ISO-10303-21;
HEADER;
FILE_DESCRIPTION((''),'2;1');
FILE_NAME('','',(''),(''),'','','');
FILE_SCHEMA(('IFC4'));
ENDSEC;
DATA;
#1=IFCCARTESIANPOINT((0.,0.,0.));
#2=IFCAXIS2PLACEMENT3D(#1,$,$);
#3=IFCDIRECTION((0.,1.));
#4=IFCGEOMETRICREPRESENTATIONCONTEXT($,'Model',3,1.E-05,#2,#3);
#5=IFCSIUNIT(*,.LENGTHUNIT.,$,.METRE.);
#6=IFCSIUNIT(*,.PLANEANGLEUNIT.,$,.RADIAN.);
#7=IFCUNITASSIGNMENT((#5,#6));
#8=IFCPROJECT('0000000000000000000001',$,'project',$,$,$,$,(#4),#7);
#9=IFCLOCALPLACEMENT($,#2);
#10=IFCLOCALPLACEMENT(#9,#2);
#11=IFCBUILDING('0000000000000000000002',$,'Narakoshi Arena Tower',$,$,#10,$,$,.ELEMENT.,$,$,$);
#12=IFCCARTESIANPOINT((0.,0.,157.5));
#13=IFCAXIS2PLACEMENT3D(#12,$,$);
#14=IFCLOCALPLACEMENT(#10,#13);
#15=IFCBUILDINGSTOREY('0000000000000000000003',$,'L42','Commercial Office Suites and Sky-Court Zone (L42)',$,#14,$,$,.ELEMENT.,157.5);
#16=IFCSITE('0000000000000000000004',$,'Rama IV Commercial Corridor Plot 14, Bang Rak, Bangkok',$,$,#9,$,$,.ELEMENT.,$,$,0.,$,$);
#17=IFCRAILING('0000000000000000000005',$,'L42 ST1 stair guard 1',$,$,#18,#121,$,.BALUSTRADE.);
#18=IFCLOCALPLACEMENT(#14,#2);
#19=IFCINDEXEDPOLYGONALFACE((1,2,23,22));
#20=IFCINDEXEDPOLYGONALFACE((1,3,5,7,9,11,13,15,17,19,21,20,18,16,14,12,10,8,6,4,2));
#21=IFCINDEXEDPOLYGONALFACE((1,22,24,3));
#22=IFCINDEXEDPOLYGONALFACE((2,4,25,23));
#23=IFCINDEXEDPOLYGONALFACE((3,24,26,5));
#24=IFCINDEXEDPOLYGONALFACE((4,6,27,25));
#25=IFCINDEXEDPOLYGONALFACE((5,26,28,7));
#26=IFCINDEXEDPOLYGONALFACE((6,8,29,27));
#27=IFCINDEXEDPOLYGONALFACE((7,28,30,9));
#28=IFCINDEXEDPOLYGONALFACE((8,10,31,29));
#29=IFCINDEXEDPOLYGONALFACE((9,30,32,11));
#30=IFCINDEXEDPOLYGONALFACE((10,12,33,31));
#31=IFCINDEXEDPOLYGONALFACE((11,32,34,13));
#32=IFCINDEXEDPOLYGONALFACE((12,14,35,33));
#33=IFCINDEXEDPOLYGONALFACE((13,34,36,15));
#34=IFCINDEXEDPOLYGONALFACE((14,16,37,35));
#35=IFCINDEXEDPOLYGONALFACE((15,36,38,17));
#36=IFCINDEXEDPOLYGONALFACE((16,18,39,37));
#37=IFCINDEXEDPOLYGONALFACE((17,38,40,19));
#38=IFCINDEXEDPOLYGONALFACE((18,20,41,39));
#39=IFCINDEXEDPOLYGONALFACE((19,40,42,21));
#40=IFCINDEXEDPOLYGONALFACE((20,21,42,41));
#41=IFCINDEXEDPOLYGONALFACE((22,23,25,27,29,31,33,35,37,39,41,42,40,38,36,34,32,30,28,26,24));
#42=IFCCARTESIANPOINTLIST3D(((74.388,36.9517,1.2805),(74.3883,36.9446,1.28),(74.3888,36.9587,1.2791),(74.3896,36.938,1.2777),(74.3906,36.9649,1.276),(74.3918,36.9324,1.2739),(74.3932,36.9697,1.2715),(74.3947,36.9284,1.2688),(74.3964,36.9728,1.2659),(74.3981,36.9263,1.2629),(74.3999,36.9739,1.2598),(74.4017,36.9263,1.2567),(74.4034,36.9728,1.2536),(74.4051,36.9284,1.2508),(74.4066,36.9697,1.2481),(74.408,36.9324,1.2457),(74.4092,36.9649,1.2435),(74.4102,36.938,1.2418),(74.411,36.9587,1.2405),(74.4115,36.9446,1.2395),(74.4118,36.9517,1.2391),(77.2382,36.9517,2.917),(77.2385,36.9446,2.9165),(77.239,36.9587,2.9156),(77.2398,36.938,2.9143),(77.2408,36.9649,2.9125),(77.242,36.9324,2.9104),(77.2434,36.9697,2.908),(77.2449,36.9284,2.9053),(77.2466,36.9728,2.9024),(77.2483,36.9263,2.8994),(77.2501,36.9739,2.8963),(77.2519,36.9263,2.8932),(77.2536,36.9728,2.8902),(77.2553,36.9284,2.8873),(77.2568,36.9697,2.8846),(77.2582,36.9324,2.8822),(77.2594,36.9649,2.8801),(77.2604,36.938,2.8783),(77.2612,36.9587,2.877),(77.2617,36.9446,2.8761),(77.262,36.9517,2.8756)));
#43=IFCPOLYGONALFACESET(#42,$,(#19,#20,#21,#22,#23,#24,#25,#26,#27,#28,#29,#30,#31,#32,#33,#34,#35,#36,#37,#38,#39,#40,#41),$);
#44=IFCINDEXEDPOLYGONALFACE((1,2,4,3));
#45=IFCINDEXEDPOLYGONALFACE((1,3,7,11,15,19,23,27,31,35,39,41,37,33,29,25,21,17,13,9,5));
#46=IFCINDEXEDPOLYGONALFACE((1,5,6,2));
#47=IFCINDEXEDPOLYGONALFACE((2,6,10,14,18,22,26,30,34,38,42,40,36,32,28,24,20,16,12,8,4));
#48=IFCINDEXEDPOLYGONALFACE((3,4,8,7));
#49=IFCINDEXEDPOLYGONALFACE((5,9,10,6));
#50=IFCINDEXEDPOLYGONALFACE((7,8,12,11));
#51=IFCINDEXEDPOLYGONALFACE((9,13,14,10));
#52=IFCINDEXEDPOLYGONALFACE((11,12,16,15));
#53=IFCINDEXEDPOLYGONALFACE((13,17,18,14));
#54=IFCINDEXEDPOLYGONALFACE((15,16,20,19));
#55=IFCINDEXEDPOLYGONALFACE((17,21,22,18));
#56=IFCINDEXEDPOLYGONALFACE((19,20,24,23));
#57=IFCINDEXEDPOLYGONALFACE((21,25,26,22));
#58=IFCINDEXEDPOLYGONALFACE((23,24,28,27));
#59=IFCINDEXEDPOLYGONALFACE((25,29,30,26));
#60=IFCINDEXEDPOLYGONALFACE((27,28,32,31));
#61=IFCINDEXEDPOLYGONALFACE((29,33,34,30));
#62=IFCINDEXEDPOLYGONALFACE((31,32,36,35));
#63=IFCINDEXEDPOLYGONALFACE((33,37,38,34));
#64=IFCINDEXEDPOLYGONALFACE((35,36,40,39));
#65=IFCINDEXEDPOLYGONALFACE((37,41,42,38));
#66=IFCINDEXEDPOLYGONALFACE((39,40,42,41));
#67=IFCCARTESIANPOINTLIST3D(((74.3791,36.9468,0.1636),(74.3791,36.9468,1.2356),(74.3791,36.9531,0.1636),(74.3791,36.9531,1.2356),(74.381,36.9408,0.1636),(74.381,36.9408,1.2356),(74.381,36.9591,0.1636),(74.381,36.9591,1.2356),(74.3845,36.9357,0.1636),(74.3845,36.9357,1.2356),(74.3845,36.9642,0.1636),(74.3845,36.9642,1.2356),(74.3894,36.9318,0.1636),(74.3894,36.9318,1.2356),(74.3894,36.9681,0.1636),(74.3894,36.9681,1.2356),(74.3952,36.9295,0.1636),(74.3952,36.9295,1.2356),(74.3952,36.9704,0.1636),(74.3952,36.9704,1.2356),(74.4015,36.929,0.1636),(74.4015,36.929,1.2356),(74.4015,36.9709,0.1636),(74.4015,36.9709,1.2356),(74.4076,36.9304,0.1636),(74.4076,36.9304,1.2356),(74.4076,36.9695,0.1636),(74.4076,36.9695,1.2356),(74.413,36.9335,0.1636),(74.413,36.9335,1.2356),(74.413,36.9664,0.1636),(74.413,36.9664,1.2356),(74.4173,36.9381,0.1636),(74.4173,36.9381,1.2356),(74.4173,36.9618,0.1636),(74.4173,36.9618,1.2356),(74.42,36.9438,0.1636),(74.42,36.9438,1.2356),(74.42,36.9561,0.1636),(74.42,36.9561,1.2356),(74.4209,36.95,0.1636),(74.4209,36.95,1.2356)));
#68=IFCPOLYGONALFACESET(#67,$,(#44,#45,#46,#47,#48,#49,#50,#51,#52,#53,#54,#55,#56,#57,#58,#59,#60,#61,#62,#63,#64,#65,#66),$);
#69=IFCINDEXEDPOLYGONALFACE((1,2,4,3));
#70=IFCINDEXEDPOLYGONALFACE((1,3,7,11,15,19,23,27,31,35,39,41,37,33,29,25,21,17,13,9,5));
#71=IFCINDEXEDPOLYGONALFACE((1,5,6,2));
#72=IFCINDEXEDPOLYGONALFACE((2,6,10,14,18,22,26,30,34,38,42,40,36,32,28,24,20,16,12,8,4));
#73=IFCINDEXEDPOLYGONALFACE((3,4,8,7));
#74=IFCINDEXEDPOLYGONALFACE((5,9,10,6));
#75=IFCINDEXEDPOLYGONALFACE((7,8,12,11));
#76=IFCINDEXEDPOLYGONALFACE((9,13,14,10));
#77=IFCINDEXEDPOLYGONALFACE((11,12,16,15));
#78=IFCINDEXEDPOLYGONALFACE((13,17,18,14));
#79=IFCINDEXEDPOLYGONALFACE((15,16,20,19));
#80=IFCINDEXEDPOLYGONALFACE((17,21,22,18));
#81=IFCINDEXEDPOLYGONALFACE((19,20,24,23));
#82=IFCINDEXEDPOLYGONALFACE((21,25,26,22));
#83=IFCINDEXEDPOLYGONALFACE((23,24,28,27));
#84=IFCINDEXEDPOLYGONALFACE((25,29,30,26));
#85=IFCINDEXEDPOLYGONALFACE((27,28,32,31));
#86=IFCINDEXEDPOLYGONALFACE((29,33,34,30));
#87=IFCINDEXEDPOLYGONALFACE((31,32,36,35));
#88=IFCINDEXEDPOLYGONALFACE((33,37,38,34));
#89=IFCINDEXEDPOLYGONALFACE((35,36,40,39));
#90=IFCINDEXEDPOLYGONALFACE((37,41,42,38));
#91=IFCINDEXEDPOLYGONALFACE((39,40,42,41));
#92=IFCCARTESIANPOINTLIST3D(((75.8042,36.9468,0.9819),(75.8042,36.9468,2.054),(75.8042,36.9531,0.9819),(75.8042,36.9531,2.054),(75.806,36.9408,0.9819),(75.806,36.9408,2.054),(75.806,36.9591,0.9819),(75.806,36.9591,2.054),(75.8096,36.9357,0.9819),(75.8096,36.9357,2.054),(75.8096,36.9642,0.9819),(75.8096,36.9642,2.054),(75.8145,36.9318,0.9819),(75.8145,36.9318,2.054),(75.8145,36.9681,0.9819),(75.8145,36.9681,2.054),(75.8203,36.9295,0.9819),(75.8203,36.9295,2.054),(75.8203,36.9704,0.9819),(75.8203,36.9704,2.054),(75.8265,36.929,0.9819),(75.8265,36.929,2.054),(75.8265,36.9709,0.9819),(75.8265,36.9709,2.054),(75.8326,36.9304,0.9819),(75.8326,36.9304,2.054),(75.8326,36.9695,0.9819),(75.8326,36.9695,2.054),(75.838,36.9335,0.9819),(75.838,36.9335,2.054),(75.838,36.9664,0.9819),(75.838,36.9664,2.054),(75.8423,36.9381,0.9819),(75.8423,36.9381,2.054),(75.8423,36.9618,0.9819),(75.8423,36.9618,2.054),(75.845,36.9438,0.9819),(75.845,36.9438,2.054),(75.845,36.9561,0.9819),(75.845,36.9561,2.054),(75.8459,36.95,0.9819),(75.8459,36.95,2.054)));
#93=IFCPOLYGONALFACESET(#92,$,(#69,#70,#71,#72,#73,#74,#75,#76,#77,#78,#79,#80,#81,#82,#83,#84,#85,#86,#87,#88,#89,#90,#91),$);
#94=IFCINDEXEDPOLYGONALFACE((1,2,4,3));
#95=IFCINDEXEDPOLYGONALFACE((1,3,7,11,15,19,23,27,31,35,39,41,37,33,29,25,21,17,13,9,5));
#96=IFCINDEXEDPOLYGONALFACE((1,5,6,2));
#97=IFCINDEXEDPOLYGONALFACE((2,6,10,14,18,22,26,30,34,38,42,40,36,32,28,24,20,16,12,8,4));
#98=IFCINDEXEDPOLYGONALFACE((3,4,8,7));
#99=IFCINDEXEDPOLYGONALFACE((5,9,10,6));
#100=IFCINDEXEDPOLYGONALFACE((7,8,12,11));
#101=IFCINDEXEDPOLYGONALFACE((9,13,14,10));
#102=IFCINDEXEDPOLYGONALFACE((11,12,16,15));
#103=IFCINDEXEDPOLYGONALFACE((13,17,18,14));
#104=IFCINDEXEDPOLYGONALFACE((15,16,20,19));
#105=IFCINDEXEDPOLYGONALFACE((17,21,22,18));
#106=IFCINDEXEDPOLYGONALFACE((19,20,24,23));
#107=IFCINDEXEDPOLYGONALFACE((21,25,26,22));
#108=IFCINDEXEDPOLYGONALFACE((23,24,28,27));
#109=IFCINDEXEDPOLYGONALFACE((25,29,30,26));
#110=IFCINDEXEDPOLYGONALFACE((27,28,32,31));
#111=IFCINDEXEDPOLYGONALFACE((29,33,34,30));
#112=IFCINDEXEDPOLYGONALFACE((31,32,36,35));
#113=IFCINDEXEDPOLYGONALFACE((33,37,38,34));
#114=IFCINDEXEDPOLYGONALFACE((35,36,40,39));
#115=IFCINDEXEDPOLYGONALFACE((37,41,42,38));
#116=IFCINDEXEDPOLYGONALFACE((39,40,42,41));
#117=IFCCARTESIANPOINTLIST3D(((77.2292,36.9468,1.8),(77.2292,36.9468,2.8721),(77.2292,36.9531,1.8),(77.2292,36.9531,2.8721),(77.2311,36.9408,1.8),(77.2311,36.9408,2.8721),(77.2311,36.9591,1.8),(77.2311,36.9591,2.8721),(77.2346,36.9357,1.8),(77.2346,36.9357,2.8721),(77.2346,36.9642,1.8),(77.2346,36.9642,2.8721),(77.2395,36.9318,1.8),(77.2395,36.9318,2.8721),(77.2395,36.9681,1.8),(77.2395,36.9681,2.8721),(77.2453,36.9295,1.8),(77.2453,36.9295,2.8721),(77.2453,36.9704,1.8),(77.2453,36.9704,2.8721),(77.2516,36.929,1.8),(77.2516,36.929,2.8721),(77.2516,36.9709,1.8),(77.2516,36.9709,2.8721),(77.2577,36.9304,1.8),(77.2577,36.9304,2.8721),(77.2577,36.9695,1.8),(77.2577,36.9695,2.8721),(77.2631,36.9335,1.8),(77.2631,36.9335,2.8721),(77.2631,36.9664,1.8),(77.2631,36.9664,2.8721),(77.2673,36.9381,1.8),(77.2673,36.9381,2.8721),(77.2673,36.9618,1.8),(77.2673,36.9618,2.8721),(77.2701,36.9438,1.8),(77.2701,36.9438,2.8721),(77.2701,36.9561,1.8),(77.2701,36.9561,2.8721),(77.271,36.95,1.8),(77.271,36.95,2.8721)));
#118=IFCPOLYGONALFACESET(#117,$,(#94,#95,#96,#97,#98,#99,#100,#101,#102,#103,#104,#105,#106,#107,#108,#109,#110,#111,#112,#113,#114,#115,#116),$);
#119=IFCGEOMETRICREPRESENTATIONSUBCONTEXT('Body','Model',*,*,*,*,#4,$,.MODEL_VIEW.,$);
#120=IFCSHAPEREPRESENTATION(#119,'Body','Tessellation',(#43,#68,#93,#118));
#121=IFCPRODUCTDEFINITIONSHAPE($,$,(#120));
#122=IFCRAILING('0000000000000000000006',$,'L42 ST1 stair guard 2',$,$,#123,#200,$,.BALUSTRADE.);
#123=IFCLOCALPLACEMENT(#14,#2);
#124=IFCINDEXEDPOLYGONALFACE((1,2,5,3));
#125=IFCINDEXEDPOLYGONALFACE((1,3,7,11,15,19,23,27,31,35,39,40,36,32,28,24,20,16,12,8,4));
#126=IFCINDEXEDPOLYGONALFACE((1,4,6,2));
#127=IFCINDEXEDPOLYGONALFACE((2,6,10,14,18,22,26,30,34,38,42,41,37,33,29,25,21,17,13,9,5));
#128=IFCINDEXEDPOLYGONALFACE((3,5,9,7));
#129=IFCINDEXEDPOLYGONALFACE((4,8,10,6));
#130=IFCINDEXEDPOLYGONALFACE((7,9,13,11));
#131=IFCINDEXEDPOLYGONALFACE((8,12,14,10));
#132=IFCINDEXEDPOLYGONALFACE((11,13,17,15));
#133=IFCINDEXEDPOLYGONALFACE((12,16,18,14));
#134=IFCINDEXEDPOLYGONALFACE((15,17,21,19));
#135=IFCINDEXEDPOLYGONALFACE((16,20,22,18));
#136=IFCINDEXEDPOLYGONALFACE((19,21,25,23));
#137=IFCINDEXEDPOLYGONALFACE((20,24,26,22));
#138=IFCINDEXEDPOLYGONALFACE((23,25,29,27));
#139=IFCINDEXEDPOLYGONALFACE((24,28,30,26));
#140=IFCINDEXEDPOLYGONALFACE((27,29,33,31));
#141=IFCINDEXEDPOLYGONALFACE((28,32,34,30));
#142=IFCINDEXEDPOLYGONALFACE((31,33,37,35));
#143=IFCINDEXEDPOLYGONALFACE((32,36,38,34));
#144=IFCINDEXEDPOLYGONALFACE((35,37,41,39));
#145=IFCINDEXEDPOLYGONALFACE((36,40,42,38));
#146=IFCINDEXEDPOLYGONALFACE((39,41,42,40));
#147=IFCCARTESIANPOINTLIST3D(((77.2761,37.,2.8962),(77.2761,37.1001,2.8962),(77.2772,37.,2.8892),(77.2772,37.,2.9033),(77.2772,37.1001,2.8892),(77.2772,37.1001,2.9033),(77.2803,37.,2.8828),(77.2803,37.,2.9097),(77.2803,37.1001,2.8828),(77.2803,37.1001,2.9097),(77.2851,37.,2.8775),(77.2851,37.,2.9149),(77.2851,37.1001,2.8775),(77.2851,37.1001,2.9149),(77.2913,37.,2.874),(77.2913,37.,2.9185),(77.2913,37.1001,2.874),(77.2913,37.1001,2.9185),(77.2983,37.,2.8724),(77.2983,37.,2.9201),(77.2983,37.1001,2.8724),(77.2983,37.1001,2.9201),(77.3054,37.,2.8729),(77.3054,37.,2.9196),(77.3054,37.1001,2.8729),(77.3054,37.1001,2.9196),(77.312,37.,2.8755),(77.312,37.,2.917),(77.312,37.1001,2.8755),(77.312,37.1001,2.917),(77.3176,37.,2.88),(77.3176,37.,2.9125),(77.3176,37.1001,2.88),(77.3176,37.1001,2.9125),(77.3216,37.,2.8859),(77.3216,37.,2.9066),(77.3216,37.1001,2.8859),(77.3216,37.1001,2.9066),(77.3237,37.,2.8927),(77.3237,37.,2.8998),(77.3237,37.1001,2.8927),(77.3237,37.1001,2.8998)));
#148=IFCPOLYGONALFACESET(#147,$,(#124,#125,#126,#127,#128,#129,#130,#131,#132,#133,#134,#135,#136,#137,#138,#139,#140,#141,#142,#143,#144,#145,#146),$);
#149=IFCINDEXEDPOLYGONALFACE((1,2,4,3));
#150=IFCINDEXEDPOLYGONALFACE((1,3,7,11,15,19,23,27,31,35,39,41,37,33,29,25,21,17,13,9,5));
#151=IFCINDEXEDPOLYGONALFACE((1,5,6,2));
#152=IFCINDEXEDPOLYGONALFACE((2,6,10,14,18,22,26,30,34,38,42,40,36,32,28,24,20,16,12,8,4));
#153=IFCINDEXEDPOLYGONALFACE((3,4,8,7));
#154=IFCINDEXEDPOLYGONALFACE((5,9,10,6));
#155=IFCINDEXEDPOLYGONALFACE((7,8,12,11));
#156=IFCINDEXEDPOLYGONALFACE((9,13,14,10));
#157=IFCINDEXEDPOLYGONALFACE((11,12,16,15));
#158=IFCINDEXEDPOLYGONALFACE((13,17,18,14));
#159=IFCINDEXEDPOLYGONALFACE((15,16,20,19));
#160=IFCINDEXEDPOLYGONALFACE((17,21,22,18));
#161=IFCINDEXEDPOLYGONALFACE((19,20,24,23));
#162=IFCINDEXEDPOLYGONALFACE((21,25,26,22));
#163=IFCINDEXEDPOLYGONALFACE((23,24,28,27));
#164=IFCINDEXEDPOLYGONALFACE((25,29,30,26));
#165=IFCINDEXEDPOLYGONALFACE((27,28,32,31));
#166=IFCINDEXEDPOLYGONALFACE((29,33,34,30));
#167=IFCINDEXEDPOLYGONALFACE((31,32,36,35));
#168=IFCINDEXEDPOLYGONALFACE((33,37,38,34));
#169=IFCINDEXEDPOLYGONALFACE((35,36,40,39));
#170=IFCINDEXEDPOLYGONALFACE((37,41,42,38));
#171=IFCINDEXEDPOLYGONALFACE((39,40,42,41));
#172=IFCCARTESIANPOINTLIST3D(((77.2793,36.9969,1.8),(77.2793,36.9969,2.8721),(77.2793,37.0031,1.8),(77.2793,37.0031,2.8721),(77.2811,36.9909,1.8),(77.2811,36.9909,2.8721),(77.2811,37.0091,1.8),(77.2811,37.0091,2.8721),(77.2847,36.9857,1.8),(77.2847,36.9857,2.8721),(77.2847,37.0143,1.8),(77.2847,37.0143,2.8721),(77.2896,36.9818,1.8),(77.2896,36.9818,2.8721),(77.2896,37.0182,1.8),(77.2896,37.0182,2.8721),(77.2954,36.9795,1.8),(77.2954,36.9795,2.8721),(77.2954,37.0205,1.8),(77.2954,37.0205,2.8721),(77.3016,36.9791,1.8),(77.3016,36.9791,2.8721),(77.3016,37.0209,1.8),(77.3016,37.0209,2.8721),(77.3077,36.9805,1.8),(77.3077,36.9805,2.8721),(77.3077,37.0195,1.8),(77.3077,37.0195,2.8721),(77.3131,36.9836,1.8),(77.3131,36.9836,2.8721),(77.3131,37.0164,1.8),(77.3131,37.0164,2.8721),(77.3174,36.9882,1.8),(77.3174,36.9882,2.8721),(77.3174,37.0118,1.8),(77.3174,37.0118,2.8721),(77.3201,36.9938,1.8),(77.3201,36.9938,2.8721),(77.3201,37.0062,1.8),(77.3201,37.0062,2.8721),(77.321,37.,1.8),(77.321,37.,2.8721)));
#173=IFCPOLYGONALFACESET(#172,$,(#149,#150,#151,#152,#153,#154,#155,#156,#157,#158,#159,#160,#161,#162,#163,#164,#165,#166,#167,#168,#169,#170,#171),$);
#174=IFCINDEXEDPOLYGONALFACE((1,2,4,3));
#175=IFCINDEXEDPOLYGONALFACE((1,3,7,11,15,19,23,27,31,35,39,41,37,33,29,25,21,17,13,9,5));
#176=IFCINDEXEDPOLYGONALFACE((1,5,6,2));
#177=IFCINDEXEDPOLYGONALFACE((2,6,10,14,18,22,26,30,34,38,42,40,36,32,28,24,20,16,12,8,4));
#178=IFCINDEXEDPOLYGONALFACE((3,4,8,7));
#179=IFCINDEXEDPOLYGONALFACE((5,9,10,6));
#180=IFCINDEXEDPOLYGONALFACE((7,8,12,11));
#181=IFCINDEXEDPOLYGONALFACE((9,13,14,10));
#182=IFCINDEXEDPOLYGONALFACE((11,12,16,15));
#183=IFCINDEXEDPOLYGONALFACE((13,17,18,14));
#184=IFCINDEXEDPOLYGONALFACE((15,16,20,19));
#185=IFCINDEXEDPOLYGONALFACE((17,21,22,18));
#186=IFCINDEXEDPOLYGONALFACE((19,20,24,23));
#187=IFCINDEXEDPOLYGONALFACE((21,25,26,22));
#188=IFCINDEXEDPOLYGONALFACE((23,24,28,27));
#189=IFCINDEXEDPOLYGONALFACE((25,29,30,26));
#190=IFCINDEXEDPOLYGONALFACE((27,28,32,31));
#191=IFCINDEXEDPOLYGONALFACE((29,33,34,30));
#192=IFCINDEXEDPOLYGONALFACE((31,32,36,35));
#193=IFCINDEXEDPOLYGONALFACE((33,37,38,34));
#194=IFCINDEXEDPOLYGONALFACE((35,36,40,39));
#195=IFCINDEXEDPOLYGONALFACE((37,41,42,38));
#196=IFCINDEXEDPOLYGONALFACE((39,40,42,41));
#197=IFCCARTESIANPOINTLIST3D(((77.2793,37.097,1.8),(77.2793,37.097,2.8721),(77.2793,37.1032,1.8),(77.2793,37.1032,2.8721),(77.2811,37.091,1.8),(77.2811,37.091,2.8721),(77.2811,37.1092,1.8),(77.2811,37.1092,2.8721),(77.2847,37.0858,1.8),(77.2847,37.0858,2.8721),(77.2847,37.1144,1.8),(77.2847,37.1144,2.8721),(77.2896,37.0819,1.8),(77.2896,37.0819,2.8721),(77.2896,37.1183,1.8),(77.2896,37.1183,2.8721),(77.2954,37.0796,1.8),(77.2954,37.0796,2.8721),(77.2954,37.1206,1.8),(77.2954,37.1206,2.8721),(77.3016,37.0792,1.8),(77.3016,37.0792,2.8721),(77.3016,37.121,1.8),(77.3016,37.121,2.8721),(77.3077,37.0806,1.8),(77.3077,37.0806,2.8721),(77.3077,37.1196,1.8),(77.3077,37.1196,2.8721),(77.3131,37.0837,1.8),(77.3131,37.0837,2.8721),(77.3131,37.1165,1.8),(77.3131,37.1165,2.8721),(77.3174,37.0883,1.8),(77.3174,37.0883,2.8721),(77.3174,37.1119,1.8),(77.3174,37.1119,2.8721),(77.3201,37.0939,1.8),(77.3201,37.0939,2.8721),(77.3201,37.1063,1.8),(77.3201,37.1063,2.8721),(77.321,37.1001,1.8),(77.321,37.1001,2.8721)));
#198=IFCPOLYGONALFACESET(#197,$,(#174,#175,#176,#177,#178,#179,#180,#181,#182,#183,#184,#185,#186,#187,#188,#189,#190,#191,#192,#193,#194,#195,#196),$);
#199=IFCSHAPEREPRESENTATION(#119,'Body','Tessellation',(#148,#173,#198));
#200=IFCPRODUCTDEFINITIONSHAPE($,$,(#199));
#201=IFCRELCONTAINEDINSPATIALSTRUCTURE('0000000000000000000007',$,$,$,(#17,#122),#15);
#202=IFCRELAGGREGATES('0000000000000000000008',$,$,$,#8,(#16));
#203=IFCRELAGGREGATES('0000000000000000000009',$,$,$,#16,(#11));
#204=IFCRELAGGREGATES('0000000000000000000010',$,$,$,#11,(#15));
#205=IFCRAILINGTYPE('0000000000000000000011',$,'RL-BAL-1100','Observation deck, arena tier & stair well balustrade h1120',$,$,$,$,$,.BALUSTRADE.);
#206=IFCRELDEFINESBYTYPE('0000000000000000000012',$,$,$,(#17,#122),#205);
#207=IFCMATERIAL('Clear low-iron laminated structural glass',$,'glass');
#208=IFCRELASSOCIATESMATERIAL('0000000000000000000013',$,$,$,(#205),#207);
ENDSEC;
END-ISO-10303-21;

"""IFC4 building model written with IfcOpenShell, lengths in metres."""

from ifc_helpers import new_model, si_unit, direction, frame, origin, origin_2d, place, context, subcontext, project, spatial, circle, extrude, material, type_object, element, save


model = new_model("IFC4")

# Units and contexts
model_context = context("Model", 3, precision=1e-05, world=origin(), true_north=direction((0.0, 1.0)))
body_context = subcontext(model_context, "Body", "Model", "MODEL_VIEW")
ifc_project = project(units=[si_unit("LENGTHUNIT", "METRE"), si_unit("PLANEANGLEUNIT", "RADIAN")], contexts=[model_context])

# Site, building, storey
site_placement = place(None, origin())
site = spatial("IfcSite", under=ifc_project, at=site_placement, Name="Rama IV Commercial Corridor Plot 14, Bang Rak, Bangkok", CompositionType="ELEMENT", RefElevation=0.0)
building_placement = place(site_placement, origin())
building = spatial("IfcBuilding", under=site, at=building_placement, Name="Narakoshi Arena Tower", CompositionType="ELEMENT")
storey_placement = place(building_placement, frame((0.0, 0.0, 157.5)))
storey = spatial("IfcBuildingStorey", under=building, at=storey_placement, Name="L42", Description="Commercial Office Suites and Sky-Court Zone (L42)", CompositionType="ELEMENT", Elevation=157.5)

# Railings
ifc_material_1 = material(Name="Clear low-iron laminated structural glass", Category="glass")
railing_type_1 = type_object("IfcRailingType", Name="RL-BAL-1100", Description="Observation deck, arena tier & stair well balustrade h1120", PredefinedType="BALUSTRADE", material=ifc_material_1)
railing_1_placement = place(storey_placement, frame((74.3999, 36.95, 0.1636)))
element("IfcRailing", 1, at=railing_1_placement, inside=storey, type_object=railing_type_1, Name="L42 ST1 stair guard 1", PredefinedType="BALUSTRADE", context=body_context, shape_type="SweptSolid", body=[
    extrude(circle(Radius=0.0239, at=origin_2d()), frame((0.0, 0.0, 1.0962), z_axis=(0.867213, 0.0, 0.497938), x_axis=(0.0, 1.0, 0.0)), (0.0, 0.0, 1.0), 3.2866),
    extrude(circle(Radius=0.021, at=origin_2d()), origin(), (0.0, 0.0, 1.0), 1.072),
    extrude(circle(Radius=0.021, at=origin_2d()), frame((1.425, 0.0, 0.8184)), (0.0, 0.0, 1.0), 1.072),
    extrude(circle(Radius=0.021, at=origin_2d()), frame((2.8501, 0.0, 1.6365)), (0.0, 0.0, 1.0), 1.072),
])
railing_2_placement = place(storey_placement, frame((77.3, 37.0, 1.8)))
element("IfcRailing", 2, at=railing_2_placement, inside=storey, type_object=railing_type_1, Name="L42 ST1 stair guard 2", PredefinedType="BALUSTRADE", context=body_context, shape_type="SweptSolid", body=[
    extrude(circle(Radius=0.0239, at=origin_2d()), frame((0.0, 0.0, 1.0962), z_axis=(0.0, 1.0, 0.0), x_axis=(-1.0, 0.0, 0.0)), (0.0, 0.0, 1.0), 0.1001),
    extrude(circle(Radius=0.021, at=origin_2d()), origin(), (0.0, 0.0, 1.0), 1.072),
    extrude(circle(Radius=0.021, at=origin_2d()), frame((0.0, 0.1001, 0.0)), (0.0, 0.0, 1.0), 1.072),
])

save(model, "model.ifc")
